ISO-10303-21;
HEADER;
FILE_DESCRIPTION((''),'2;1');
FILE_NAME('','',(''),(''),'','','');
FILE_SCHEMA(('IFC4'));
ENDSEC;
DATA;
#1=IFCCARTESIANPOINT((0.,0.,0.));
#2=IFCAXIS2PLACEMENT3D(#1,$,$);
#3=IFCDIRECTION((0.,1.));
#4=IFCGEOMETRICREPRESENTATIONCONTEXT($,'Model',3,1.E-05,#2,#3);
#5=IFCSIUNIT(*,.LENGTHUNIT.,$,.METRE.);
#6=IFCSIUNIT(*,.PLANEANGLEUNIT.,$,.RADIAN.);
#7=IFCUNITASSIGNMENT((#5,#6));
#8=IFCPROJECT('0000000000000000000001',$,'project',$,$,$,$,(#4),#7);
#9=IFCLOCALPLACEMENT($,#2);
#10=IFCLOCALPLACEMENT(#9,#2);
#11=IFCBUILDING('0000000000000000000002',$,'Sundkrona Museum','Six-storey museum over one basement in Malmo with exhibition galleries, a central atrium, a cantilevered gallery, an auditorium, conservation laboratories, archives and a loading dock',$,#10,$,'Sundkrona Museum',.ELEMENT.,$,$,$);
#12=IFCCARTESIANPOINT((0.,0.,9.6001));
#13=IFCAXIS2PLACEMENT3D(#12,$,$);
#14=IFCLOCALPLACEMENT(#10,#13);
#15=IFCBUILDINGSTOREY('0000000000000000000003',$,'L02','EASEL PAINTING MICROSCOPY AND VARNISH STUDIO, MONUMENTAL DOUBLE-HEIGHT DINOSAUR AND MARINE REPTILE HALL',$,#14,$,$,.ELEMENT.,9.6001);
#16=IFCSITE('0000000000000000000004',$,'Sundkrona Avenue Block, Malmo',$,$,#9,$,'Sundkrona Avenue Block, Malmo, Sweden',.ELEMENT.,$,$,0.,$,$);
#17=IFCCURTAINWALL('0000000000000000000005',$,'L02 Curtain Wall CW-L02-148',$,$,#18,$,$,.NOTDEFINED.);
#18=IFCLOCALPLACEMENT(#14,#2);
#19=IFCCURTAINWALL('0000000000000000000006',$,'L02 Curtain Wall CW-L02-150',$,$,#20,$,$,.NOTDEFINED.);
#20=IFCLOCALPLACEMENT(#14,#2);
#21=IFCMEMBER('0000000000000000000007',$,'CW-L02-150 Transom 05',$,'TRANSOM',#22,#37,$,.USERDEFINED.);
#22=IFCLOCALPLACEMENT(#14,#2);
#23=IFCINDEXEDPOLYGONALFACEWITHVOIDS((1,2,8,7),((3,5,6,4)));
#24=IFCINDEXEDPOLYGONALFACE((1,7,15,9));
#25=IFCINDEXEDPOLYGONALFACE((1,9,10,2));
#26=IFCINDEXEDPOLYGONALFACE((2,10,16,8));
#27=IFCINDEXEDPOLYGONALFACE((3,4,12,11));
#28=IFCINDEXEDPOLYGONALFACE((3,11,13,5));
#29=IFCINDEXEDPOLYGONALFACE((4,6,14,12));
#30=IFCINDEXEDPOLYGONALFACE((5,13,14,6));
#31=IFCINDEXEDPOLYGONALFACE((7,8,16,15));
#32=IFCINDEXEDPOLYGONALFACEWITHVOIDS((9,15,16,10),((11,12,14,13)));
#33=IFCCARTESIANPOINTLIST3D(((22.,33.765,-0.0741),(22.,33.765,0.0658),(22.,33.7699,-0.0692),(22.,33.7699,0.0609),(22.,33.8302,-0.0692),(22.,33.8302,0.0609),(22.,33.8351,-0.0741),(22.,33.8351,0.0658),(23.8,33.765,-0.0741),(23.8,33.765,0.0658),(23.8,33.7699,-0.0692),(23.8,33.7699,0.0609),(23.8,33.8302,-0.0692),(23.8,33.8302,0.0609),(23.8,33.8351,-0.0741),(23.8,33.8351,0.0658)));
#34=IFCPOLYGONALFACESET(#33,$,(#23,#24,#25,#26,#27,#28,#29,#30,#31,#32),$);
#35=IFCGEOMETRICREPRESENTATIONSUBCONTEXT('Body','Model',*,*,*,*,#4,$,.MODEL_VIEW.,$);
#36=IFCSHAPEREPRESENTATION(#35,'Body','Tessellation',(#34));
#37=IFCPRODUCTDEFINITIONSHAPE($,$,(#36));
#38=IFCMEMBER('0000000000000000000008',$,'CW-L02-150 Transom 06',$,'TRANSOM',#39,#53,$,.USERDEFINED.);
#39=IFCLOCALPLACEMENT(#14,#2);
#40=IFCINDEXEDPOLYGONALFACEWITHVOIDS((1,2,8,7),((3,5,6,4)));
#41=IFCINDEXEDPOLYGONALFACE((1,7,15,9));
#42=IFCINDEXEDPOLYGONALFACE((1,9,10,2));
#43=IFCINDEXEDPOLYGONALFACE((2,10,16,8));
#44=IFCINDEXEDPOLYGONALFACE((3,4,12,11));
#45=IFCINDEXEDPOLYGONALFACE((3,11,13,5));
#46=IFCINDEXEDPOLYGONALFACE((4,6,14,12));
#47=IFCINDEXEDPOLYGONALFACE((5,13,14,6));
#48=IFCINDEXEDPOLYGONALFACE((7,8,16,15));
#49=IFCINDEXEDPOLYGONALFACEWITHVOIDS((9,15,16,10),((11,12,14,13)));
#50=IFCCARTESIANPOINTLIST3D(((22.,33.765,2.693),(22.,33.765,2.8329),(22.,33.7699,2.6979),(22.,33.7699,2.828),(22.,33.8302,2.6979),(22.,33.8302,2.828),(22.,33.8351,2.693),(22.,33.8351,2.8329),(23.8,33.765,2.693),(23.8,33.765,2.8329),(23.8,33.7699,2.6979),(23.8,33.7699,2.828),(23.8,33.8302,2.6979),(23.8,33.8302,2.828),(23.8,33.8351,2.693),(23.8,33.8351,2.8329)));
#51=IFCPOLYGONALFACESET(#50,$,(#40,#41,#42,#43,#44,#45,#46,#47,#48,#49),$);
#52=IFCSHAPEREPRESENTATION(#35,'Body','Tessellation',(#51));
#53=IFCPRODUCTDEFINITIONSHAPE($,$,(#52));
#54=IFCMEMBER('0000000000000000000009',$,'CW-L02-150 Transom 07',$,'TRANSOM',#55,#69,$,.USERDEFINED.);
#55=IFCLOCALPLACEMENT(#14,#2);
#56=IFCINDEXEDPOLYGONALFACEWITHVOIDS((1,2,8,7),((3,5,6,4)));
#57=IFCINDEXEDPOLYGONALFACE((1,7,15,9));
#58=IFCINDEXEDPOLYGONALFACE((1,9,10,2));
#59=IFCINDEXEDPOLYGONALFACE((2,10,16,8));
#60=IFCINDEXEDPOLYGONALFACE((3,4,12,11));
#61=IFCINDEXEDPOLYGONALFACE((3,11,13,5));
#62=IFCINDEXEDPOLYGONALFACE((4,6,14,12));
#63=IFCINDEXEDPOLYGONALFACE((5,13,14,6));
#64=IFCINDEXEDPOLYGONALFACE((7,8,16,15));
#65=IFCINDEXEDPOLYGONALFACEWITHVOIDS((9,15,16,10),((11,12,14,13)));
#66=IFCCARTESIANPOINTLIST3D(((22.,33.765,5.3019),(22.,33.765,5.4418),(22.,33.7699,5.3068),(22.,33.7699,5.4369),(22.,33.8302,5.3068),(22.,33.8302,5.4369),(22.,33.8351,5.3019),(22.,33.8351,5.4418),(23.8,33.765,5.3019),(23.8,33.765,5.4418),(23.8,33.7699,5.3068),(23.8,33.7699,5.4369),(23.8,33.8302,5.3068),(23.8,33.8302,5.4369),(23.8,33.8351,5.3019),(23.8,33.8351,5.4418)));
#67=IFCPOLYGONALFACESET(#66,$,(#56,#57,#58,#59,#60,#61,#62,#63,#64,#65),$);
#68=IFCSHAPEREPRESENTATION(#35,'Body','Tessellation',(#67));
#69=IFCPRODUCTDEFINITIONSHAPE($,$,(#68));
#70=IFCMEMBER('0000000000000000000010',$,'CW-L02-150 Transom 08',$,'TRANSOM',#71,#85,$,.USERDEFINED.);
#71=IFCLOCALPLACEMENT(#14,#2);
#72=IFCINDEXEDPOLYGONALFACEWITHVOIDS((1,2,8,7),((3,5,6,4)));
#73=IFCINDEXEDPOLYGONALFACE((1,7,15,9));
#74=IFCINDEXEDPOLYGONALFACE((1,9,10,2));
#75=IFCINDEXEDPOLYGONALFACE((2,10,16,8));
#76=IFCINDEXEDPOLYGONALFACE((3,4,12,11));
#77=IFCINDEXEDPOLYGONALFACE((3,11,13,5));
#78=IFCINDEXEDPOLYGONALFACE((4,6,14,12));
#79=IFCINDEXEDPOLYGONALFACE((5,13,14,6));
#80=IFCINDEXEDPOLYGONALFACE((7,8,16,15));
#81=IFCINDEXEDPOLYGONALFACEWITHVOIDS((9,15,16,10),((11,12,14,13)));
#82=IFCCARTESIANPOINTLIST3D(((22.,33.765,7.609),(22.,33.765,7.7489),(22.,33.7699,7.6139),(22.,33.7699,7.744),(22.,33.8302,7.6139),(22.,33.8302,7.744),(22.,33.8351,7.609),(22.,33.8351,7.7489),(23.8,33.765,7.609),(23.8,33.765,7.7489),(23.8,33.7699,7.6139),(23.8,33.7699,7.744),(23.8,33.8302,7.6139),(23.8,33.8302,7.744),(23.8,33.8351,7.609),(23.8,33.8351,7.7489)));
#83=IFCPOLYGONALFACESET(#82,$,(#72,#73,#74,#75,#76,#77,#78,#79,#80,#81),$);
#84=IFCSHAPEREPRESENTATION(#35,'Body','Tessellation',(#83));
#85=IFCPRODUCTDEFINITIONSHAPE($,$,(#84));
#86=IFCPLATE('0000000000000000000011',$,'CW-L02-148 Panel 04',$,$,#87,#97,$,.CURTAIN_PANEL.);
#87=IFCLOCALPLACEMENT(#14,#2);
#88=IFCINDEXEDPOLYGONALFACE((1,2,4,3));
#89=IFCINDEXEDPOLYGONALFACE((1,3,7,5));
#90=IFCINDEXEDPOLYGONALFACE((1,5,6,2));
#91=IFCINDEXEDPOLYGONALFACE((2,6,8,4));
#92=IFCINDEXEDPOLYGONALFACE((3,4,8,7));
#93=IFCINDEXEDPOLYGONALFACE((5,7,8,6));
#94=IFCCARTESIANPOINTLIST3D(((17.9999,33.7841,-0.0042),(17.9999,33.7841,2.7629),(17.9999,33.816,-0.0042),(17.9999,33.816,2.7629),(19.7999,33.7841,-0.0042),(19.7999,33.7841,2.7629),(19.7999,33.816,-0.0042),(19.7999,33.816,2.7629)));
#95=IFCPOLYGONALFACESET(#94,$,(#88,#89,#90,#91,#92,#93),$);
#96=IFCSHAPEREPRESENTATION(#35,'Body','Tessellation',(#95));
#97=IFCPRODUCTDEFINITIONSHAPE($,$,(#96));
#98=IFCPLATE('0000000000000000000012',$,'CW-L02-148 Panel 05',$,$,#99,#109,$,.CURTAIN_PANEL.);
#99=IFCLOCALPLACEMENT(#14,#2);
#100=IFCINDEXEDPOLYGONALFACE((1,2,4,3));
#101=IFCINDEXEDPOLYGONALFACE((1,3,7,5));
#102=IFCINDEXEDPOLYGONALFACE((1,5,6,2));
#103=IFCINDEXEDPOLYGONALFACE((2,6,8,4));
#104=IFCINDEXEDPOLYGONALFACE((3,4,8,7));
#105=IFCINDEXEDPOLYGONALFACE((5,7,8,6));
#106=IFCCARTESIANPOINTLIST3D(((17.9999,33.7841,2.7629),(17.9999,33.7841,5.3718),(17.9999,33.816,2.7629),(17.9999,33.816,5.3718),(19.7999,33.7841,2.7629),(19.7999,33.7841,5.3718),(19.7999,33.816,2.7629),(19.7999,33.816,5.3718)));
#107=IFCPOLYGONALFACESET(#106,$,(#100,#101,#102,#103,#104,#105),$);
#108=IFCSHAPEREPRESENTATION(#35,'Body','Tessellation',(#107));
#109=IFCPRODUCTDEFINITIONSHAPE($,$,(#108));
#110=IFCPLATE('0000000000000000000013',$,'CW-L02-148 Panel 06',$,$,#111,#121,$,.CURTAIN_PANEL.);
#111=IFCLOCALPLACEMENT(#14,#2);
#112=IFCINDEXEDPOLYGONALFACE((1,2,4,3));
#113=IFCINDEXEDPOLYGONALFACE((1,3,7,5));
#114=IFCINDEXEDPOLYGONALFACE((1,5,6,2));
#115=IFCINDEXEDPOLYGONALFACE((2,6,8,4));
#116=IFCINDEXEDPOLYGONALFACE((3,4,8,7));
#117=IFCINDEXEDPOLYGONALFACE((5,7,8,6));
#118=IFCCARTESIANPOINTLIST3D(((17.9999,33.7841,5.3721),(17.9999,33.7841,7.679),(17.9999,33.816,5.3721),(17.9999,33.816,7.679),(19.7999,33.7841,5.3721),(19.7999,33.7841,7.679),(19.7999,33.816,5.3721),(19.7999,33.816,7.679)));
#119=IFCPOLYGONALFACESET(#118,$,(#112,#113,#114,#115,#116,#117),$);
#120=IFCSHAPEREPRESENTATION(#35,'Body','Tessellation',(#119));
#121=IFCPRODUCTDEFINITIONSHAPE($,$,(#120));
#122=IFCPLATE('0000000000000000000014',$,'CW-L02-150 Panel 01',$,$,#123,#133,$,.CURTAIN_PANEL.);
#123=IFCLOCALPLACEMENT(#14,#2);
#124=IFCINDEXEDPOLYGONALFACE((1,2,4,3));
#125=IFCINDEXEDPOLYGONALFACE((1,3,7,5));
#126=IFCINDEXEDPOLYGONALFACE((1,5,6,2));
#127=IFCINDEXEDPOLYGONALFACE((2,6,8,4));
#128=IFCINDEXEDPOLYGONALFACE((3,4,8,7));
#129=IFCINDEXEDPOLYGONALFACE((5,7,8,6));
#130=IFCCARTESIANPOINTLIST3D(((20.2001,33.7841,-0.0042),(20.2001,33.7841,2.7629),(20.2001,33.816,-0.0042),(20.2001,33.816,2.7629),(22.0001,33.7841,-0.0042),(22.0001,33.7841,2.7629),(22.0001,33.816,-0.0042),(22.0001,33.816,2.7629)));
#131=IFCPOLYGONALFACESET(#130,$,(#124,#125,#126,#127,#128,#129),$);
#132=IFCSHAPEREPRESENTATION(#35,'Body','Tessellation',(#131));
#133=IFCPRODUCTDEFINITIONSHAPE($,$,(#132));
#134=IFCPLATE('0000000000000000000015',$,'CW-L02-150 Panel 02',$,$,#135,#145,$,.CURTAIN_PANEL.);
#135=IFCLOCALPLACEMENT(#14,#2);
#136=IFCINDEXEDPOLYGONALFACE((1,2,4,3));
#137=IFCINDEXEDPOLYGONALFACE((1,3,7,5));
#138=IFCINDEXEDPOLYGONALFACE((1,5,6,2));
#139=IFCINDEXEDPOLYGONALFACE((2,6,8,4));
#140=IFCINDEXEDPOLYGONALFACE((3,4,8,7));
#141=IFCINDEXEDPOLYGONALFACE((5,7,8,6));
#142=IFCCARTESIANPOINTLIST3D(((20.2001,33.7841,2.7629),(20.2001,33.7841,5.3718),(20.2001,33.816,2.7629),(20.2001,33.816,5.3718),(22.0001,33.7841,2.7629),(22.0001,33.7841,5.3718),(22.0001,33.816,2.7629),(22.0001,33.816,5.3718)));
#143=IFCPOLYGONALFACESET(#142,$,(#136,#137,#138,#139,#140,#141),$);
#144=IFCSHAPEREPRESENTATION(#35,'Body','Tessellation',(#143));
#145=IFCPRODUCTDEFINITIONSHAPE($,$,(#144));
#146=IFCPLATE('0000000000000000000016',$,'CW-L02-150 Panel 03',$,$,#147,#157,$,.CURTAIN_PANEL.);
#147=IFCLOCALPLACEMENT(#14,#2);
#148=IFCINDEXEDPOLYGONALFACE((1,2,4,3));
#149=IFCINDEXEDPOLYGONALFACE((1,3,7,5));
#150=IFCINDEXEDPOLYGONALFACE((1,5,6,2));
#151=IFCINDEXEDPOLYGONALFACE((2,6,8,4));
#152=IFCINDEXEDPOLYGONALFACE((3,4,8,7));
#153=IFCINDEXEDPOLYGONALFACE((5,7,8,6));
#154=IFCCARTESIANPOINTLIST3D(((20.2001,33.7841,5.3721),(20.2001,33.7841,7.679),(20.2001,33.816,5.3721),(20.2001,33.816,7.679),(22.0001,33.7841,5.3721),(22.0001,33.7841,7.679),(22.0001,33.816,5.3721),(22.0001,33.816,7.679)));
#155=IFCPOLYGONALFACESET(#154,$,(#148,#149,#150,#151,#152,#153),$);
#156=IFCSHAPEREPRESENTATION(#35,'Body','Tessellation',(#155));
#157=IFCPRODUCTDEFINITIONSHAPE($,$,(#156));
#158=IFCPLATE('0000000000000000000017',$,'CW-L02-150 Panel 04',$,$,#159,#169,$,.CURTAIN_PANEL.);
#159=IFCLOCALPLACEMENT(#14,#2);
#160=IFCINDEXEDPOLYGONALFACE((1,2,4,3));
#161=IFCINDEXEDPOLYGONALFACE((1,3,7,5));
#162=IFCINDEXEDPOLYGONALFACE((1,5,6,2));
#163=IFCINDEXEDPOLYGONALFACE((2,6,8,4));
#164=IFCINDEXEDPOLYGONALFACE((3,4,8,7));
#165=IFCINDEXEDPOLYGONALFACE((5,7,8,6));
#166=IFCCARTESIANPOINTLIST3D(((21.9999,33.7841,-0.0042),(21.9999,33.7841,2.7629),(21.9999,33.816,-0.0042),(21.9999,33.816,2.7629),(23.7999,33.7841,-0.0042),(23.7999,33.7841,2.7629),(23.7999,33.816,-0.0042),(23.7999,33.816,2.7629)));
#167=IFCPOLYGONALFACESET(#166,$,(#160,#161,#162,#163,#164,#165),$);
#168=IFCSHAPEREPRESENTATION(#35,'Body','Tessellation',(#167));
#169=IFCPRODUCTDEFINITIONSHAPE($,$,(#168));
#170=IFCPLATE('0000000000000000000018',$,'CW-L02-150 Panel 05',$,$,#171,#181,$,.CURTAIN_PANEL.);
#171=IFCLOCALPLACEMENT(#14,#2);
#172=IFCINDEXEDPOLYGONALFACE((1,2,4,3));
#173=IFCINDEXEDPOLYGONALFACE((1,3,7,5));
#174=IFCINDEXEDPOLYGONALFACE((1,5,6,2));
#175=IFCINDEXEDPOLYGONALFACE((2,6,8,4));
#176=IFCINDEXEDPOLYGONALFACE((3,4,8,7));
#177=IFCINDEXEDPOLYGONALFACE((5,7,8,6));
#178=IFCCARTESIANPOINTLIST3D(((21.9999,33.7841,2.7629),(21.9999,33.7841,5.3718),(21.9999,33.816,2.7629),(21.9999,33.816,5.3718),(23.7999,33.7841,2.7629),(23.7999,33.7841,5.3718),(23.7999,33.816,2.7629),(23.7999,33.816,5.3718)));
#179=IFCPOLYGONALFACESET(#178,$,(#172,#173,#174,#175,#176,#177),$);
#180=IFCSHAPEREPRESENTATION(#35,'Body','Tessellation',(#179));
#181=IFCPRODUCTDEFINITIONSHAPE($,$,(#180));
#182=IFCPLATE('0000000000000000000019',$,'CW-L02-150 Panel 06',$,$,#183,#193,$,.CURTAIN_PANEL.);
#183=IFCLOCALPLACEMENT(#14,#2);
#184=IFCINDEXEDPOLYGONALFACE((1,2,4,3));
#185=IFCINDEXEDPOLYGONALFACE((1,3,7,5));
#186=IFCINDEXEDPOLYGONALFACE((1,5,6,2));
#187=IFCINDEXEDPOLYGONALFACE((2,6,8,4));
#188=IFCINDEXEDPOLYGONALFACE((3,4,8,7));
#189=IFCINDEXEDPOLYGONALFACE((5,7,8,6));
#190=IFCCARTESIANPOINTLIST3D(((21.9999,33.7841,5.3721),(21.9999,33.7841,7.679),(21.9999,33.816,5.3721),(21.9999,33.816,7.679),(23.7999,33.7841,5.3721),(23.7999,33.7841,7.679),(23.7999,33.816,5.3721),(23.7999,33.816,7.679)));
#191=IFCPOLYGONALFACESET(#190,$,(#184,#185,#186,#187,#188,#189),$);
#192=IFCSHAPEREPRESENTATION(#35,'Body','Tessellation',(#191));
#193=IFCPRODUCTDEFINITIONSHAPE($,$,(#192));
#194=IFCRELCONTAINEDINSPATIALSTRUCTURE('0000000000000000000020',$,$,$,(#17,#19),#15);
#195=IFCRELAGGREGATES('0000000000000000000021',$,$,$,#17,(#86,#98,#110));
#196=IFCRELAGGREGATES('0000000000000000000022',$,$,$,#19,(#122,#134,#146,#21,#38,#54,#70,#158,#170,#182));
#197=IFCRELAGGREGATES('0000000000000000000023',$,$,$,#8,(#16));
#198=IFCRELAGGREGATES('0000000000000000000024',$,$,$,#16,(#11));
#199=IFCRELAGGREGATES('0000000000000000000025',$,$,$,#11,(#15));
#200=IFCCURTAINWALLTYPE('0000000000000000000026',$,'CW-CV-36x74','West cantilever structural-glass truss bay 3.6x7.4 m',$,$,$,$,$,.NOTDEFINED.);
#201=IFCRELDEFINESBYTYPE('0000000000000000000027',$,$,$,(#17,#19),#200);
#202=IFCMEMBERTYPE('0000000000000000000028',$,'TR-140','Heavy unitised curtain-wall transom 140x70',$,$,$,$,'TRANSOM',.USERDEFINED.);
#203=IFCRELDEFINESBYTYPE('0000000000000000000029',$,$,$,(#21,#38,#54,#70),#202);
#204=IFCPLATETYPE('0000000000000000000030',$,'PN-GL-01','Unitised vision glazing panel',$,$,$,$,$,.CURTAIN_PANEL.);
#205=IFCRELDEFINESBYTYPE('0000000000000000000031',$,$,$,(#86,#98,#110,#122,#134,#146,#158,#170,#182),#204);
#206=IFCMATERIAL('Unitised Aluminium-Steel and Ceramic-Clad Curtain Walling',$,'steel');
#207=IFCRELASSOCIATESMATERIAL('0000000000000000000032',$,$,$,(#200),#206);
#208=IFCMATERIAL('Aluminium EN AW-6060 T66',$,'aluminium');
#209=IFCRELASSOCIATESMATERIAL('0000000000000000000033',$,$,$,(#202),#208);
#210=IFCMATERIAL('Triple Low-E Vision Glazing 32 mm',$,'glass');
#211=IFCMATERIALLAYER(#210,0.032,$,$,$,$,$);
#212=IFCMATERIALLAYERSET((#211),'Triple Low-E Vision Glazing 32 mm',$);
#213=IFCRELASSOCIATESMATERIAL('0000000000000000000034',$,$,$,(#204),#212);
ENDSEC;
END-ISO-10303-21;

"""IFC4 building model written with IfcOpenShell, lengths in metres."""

from ifc_helpers import new_model, si_unit, direction, frame, origin, origin_2d, place, context, subcontext, project, spatial, rectangle, hollow_rectangle, extrude, material, layer, layer_set, material_profile, profile_set, type_object, element, aggregate, save


model = new_model("IFC4")

# Units and contexts
model_context = context("Model", 3, precision=1e-05, world=origin(), true_north=direction((0.0, 1.0)))
body_context = subcontext(model_context, "Body", "Model", "MODEL_VIEW")
ifc_project = project(units=[si_unit("LENGTHUNIT", "METRE"), si_unit("PLANEANGLEUNIT", "RADIAN")], contexts=[model_context])

# Site, building, storey
site_placement = place(None, origin())
site = spatial("IfcSite", under=ifc_project, at=site_placement, Name="Sundkrona Avenue Block, Malmo", LongName="Sundkrona Avenue Block, Malmo, Sweden", CompositionType="ELEMENT", RefElevation=0.0)
building_placement = place(site_placement, origin())
building = spatial("IfcBuilding", under=site, at=building_placement, Name="Sundkrona Museum", Description="Six-storey museum over one basement in Malmo with exhibition galleries, a central atrium, a cantilevered gallery, an auditorium, conservation laboratories, archives and a loading dock", LongName="Sundkrona Museum", CompositionType="ELEMENT")
storey_placement = place(building_placement, frame((0.0, 0.0, 9.6001)))
storey = spatial("IfcBuildingStorey", under=building, at=storey_placement, Name="L02", Description="EASEL PAINTING MICROSCOPY AND VARNISH STUDIO, MONUMENTAL DOUBLE-HEIGHT DINOSAUR AND MARINE REPTILE HALL", CompositionType="ELEMENT", Elevation=9.6001)

# Curtain wall
ifc_material_1 = material(Name="Unitised Aluminium-Steel and Ceramic-Clad Curtain Walling", Category="steel")
curtain_wall_type = type_object("IfcCurtainWallType", Name="CW-CV-36x74", Description="West cantilever structural-glass truss bay 3.6x7.4 m", PredefinedType="NOTDEFINED", material=ifc_material_1)
curtain_wall_1_placement = place(storey_placement, origin())
curtain_wall_1 = element("IfcCurtainWall", 1, at=curtain_wall_1_placement, inside=storey, type_object=curtain_wall_type, Name="L02 Curtain Wall CW-L02-148", PredefinedType="NOTDEFINED")
ifc_material_2 = material(Name="Aluminium EN AW-6060 T66", Category="aluminium")

# Curtain wall
curtain_wall_2_placement = place(storey_placement, origin())
curtain_wall_2 = element("IfcCurtainWall", 2, at=curtain_wall_2_placement, inside=storey, type_object=curtain_wall_type, Name="L02 Curtain Wall CW-L02-150", PredefinedType="NOTDEFINED")

# Members
ifc_material_profile_1 = material_profile(ifc_material_2, hollow_rectangle(XDim=0.0701, YDim=0.1399, WallThickness=0.0049, at=origin_2d()), Name="RHS 140x70x5.0")
ifc_profile_set_1 = profile_set([ifc_material_profile_1], Name="Aluminium EN AW-6060 T66")
member_type_1 = type_object("IfcMemberType", Name="TR-140", Description="Heavy unitised curtain-wall transom 140x70", ElementType="TRANSOM", PredefinedType="USERDEFINED", material=ifc_profile_set_1)
member_1_placement = place(storey_placement, frame((22.0, 33.8, -0.0042), z_axis=(1.0, 0.0, 0.0), x_axis=(0.0, 1.0, 0.0)))
member_1 = element("IfcMember", 3, at=member_1_placement, type_object=member_type_1, Name="CW-L02-150 Transom 05", ObjectType="TRANSOM", PredefinedType="USERDEFINED", context=body_context, shape_type="SweptSolid", body=[
    extrude(hollow_rectangle(XDim=0.0701, YDim=0.1399, WallThickness=0.0049, at=origin_2d()), origin(), (0.0, 0.0, 1.0), 1.8),
])
member_2_placement = place(storey_placement, frame((22.0, 33.8, 2.7629), z_axis=(1.0, 0.0, 0.0), x_axis=(0.0, 1.0, 0.0)))
member_2 = element("IfcMember", 4, at=member_2_placement, type_object=member_type_1, Name="CW-L02-150 Transom 06", ObjectType="TRANSOM", PredefinedType="USERDEFINED", context=body_context, shape_type="SweptSolid", body=[
    extrude(hollow_rectangle(XDim=0.0701, YDim=0.1399, WallThickness=0.0049, at=origin_2d()), origin(), (0.0, 0.0, 1.0), 1.8),
])
member_3_placement = place(storey_placement, frame((22.0, 33.8, 5.3718), z_axis=(1.0, 0.0, 0.0), x_axis=(0.0, 1.0, 0.0)))
member_3 = element("IfcMember", 5, at=member_3_placement, type_object=member_type_1, Name="CW-L02-150 Transom 07", ObjectType="TRANSOM", PredefinedType="USERDEFINED", context=body_context, shape_type="SweptSolid", body=[
    extrude(hollow_rectangle(XDim=0.0701, YDim=0.1399, WallThickness=0.0049, at=origin_2d()), origin(), (0.0, 0.0, 1.0), 1.8),
])
member_4_placement = place(storey_placement, frame((22.0, 33.8, 7.679), z_axis=(1.0, 0.0, 0.0), x_axis=(0.0, 1.0, 0.0)))
member_4 = element("IfcMember", 6, at=member_4_placement, type_object=member_type_1, Name="CW-L02-150 Transom 08", ObjectType="TRANSOM", PredefinedType="USERDEFINED", context=body_context, shape_type="SweptSolid", body=[
    extrude(hollow_rectangle(XDim=0.0701, YDim=0.1399, WallThickness=0.0049, at=origin_2d()), origin(), (0.0, 0.0, 1.0), 1.8),
])

# Plates
ifc_material_3 = material(Name="Triple Low-E Vision Glazing 32 mm", Category="glass")
ifc_layer = layer(ifc_material_3, 0.032)
ifc_layer_set = layer_set([ifc_layer], Name="Triple Low-E Vision Glazing 32 mm")
plate_type = type_object("IfcPlateType", Name="PN-GL-01", Description="Unitised vision glazing panel", PredefinedType="CURTAIN_PANEL", material=ifc_layer_set)
plate_1_placement = place(storey_placement, frame((18.8999, 33.8, -0.0042), z_axis=(0.0, 0.0, 1.0), x_axis=(1.0, 0.0, 0.0)))
plate_1 = element("IfcPlate", 7, at=plate_1_placement, type_object=plate_type, Name="CW-L02-148 Panel 04", PredefinedType="CURTAIN_PANEL", context=body_context, shape_type="SweptSolid", body=[
    extrude(rectangle(XDim=1.8, YDim=0.032, at=origin_2d()), origin(), (0.0, 0.0, 1.0), 2.7671),
])
plate_2_placement = place(storey_placement, frame((18.8999, 33.8, 2.7629), z_axis=(0.0, 0.0, 1.0), x_axis=(1.0, 0.0, 0.0)))
plate_2 = element("IfcPlate", 8, at=plate_2_placement, type_object=plate_type, Name="CW-L02-148 Panel 05", PredefinedType="CURTAIN_PANEL", context=body_context, shape_type="SweptSolid", body=[
    extrude(rectangle(XDim=1.8, YDim=0.032, at=origin_2d()), origin(), (0.0, 0.0, 1.0), 2.6089),
])
plate_3_placement = place(storey_placement, frame((18.8999, 33.8, 5.3721), z_axis=(0.0, 0.0, 1.0), x_axis=(1.0, 0.0, 0.0)))
plate_3 = element("IfcPlate", 9, at=plate_3_placement, type_object=plate_type, Name="CW-L02-148 Panel 06", PredefinedType="CURTAIN_PANEL", context=body_context, shape_type="SweptSolid", body=[
    extrude(rectangle(XDim=1.8, YDim=0.032, at=origin_2d()), origin(), (0.0, 0.0, 1.0), 2.3069),
])
aggregate(curtain_wall_1, [plate_1, plate_2, plate_3])
plate_4_placement = place(storey_placement, frame((21.1001, 33.8, -0.0042), z_axis=(0.0, 0.0, 1.0), x_axis=(1.0, 0.0, 0.0)))
plate_4 = element("IfcPlate", 10, at=plate_4_placement, type_object=plate_type, Name="CW-L02-150 Panel 01", PredefinedType="CURTAIN_PANEL", context=body_context, shape_type="SweptSolid", body=[
    extrude(rectangle(XDim=1.8, YDim=0.032, at=origin_2d()), origin(), (0.0, 0.0, 1.0), 2.7671),
])
plate_5_placement = place(storey_placement, frame((21.1001, 33.8, 2.7629), z_axis=(0.0, 0.0, 1.0), x_axis=(1.0, 0.0, 0.0)))
plate_5 = element("IfcPlate", 11, at=plate_5_placement, type_object=plate_type, Name="CW-L02-150 Panel 02", PredefinedType="CURTAIN_PANEL", context=body_context, shape_type="SweptSolid", body=[
    extrude(rectangle(XDim=1.8, YDim=0.032, at=origin_2d()), origin(), (0.0, 0.0, 1.0), 2.6089),
])
plate_6_placement = place(storey_placement, frame((21.1001, 33.8, 5.3721), z_axis=(0.0, 0.0, 1.0), x_axis=(1.0, 0.0, 0.0)))
plate_6 = element("IfcPlate", 12, at=plate_6_placement, type_object=plate_type, Name="CW-L02-150 Panel 03", PredefinedType="CURTAIN_PANEL", context=body_context, shape_type="SweptSolid", body=[
    extrude(rectangle(XDim=1.8, YDim=0.032, at=origin_2d()), origin(), (0.0, 0.0, 1.0), 2.3069),
])
plate_7_placement = place(storey_placement, frame((22.8999, 33.8, -0.0042), z_axis=(0.0, 0.0, 1.0), x_axis=(1.0, 0.0, 0.0)))
plate_7 = element("IfcPlate", 13, at=plate_7_placement, type_object=plate_type, Name="CW-L02-150 Panel 04", PredefinedType="CURTAIN_PANEL", context=body_context, shape_type="SweptSolid", body=[
    extrude(rectangle(XDim=1.8, YDim=0.032, at=origin_2d()), origin(), (0.0, 0.0, 1.0), 2.7671),
])
plate_8_placement = place(storey_placement, frame((22.8999, 33.8, 2.7629), z_axis=(0.0, 0.0, 1.0), x_axis=(1.0, 0.0, 0.0)))
plate_8 = element("IfcPlate", 14, at=plate_8_placement, type_object=plate_type, Name="CW-L02-150 Panel 05", PredefinedType="CURTAIN_PANEL", context=body_context, shape_type="SweptSolid", body=[
    extrude(rectangle(XDim=1.8, YDim=0.032, at=origin_2d()), origin(), (0.0, 0.0, 1.0), 2.6089),
])
plate_9_placement = place(storey_placement, frame((22.8999, 33.8, 5.3721), z_axis=(0.0, 0.0, 1.0), x_axis=(1.0, 0.0, 0.0)))
plate_9 = element("IfcPlate", 15, at=plate_9_placement, type_object=plate_type, Name="CW-L02-150 Panel 06", PredefinedType="CURTAIN_PANEL", context=body_context, shape_type="SweptSolid", body=[
    extrude(rectangle(XDim=1.8, YDim=0.032, at=origin_2d()), origin(), (0.0, 0.0, 1.0), 2.3069),
])
aggregate(curtain_wall_2, [plate_4, plate_5, plate_6, member_1, member_2, member_3, member_4, plate_7, plate_8, plate_9])

save(model, "model.ifc")
